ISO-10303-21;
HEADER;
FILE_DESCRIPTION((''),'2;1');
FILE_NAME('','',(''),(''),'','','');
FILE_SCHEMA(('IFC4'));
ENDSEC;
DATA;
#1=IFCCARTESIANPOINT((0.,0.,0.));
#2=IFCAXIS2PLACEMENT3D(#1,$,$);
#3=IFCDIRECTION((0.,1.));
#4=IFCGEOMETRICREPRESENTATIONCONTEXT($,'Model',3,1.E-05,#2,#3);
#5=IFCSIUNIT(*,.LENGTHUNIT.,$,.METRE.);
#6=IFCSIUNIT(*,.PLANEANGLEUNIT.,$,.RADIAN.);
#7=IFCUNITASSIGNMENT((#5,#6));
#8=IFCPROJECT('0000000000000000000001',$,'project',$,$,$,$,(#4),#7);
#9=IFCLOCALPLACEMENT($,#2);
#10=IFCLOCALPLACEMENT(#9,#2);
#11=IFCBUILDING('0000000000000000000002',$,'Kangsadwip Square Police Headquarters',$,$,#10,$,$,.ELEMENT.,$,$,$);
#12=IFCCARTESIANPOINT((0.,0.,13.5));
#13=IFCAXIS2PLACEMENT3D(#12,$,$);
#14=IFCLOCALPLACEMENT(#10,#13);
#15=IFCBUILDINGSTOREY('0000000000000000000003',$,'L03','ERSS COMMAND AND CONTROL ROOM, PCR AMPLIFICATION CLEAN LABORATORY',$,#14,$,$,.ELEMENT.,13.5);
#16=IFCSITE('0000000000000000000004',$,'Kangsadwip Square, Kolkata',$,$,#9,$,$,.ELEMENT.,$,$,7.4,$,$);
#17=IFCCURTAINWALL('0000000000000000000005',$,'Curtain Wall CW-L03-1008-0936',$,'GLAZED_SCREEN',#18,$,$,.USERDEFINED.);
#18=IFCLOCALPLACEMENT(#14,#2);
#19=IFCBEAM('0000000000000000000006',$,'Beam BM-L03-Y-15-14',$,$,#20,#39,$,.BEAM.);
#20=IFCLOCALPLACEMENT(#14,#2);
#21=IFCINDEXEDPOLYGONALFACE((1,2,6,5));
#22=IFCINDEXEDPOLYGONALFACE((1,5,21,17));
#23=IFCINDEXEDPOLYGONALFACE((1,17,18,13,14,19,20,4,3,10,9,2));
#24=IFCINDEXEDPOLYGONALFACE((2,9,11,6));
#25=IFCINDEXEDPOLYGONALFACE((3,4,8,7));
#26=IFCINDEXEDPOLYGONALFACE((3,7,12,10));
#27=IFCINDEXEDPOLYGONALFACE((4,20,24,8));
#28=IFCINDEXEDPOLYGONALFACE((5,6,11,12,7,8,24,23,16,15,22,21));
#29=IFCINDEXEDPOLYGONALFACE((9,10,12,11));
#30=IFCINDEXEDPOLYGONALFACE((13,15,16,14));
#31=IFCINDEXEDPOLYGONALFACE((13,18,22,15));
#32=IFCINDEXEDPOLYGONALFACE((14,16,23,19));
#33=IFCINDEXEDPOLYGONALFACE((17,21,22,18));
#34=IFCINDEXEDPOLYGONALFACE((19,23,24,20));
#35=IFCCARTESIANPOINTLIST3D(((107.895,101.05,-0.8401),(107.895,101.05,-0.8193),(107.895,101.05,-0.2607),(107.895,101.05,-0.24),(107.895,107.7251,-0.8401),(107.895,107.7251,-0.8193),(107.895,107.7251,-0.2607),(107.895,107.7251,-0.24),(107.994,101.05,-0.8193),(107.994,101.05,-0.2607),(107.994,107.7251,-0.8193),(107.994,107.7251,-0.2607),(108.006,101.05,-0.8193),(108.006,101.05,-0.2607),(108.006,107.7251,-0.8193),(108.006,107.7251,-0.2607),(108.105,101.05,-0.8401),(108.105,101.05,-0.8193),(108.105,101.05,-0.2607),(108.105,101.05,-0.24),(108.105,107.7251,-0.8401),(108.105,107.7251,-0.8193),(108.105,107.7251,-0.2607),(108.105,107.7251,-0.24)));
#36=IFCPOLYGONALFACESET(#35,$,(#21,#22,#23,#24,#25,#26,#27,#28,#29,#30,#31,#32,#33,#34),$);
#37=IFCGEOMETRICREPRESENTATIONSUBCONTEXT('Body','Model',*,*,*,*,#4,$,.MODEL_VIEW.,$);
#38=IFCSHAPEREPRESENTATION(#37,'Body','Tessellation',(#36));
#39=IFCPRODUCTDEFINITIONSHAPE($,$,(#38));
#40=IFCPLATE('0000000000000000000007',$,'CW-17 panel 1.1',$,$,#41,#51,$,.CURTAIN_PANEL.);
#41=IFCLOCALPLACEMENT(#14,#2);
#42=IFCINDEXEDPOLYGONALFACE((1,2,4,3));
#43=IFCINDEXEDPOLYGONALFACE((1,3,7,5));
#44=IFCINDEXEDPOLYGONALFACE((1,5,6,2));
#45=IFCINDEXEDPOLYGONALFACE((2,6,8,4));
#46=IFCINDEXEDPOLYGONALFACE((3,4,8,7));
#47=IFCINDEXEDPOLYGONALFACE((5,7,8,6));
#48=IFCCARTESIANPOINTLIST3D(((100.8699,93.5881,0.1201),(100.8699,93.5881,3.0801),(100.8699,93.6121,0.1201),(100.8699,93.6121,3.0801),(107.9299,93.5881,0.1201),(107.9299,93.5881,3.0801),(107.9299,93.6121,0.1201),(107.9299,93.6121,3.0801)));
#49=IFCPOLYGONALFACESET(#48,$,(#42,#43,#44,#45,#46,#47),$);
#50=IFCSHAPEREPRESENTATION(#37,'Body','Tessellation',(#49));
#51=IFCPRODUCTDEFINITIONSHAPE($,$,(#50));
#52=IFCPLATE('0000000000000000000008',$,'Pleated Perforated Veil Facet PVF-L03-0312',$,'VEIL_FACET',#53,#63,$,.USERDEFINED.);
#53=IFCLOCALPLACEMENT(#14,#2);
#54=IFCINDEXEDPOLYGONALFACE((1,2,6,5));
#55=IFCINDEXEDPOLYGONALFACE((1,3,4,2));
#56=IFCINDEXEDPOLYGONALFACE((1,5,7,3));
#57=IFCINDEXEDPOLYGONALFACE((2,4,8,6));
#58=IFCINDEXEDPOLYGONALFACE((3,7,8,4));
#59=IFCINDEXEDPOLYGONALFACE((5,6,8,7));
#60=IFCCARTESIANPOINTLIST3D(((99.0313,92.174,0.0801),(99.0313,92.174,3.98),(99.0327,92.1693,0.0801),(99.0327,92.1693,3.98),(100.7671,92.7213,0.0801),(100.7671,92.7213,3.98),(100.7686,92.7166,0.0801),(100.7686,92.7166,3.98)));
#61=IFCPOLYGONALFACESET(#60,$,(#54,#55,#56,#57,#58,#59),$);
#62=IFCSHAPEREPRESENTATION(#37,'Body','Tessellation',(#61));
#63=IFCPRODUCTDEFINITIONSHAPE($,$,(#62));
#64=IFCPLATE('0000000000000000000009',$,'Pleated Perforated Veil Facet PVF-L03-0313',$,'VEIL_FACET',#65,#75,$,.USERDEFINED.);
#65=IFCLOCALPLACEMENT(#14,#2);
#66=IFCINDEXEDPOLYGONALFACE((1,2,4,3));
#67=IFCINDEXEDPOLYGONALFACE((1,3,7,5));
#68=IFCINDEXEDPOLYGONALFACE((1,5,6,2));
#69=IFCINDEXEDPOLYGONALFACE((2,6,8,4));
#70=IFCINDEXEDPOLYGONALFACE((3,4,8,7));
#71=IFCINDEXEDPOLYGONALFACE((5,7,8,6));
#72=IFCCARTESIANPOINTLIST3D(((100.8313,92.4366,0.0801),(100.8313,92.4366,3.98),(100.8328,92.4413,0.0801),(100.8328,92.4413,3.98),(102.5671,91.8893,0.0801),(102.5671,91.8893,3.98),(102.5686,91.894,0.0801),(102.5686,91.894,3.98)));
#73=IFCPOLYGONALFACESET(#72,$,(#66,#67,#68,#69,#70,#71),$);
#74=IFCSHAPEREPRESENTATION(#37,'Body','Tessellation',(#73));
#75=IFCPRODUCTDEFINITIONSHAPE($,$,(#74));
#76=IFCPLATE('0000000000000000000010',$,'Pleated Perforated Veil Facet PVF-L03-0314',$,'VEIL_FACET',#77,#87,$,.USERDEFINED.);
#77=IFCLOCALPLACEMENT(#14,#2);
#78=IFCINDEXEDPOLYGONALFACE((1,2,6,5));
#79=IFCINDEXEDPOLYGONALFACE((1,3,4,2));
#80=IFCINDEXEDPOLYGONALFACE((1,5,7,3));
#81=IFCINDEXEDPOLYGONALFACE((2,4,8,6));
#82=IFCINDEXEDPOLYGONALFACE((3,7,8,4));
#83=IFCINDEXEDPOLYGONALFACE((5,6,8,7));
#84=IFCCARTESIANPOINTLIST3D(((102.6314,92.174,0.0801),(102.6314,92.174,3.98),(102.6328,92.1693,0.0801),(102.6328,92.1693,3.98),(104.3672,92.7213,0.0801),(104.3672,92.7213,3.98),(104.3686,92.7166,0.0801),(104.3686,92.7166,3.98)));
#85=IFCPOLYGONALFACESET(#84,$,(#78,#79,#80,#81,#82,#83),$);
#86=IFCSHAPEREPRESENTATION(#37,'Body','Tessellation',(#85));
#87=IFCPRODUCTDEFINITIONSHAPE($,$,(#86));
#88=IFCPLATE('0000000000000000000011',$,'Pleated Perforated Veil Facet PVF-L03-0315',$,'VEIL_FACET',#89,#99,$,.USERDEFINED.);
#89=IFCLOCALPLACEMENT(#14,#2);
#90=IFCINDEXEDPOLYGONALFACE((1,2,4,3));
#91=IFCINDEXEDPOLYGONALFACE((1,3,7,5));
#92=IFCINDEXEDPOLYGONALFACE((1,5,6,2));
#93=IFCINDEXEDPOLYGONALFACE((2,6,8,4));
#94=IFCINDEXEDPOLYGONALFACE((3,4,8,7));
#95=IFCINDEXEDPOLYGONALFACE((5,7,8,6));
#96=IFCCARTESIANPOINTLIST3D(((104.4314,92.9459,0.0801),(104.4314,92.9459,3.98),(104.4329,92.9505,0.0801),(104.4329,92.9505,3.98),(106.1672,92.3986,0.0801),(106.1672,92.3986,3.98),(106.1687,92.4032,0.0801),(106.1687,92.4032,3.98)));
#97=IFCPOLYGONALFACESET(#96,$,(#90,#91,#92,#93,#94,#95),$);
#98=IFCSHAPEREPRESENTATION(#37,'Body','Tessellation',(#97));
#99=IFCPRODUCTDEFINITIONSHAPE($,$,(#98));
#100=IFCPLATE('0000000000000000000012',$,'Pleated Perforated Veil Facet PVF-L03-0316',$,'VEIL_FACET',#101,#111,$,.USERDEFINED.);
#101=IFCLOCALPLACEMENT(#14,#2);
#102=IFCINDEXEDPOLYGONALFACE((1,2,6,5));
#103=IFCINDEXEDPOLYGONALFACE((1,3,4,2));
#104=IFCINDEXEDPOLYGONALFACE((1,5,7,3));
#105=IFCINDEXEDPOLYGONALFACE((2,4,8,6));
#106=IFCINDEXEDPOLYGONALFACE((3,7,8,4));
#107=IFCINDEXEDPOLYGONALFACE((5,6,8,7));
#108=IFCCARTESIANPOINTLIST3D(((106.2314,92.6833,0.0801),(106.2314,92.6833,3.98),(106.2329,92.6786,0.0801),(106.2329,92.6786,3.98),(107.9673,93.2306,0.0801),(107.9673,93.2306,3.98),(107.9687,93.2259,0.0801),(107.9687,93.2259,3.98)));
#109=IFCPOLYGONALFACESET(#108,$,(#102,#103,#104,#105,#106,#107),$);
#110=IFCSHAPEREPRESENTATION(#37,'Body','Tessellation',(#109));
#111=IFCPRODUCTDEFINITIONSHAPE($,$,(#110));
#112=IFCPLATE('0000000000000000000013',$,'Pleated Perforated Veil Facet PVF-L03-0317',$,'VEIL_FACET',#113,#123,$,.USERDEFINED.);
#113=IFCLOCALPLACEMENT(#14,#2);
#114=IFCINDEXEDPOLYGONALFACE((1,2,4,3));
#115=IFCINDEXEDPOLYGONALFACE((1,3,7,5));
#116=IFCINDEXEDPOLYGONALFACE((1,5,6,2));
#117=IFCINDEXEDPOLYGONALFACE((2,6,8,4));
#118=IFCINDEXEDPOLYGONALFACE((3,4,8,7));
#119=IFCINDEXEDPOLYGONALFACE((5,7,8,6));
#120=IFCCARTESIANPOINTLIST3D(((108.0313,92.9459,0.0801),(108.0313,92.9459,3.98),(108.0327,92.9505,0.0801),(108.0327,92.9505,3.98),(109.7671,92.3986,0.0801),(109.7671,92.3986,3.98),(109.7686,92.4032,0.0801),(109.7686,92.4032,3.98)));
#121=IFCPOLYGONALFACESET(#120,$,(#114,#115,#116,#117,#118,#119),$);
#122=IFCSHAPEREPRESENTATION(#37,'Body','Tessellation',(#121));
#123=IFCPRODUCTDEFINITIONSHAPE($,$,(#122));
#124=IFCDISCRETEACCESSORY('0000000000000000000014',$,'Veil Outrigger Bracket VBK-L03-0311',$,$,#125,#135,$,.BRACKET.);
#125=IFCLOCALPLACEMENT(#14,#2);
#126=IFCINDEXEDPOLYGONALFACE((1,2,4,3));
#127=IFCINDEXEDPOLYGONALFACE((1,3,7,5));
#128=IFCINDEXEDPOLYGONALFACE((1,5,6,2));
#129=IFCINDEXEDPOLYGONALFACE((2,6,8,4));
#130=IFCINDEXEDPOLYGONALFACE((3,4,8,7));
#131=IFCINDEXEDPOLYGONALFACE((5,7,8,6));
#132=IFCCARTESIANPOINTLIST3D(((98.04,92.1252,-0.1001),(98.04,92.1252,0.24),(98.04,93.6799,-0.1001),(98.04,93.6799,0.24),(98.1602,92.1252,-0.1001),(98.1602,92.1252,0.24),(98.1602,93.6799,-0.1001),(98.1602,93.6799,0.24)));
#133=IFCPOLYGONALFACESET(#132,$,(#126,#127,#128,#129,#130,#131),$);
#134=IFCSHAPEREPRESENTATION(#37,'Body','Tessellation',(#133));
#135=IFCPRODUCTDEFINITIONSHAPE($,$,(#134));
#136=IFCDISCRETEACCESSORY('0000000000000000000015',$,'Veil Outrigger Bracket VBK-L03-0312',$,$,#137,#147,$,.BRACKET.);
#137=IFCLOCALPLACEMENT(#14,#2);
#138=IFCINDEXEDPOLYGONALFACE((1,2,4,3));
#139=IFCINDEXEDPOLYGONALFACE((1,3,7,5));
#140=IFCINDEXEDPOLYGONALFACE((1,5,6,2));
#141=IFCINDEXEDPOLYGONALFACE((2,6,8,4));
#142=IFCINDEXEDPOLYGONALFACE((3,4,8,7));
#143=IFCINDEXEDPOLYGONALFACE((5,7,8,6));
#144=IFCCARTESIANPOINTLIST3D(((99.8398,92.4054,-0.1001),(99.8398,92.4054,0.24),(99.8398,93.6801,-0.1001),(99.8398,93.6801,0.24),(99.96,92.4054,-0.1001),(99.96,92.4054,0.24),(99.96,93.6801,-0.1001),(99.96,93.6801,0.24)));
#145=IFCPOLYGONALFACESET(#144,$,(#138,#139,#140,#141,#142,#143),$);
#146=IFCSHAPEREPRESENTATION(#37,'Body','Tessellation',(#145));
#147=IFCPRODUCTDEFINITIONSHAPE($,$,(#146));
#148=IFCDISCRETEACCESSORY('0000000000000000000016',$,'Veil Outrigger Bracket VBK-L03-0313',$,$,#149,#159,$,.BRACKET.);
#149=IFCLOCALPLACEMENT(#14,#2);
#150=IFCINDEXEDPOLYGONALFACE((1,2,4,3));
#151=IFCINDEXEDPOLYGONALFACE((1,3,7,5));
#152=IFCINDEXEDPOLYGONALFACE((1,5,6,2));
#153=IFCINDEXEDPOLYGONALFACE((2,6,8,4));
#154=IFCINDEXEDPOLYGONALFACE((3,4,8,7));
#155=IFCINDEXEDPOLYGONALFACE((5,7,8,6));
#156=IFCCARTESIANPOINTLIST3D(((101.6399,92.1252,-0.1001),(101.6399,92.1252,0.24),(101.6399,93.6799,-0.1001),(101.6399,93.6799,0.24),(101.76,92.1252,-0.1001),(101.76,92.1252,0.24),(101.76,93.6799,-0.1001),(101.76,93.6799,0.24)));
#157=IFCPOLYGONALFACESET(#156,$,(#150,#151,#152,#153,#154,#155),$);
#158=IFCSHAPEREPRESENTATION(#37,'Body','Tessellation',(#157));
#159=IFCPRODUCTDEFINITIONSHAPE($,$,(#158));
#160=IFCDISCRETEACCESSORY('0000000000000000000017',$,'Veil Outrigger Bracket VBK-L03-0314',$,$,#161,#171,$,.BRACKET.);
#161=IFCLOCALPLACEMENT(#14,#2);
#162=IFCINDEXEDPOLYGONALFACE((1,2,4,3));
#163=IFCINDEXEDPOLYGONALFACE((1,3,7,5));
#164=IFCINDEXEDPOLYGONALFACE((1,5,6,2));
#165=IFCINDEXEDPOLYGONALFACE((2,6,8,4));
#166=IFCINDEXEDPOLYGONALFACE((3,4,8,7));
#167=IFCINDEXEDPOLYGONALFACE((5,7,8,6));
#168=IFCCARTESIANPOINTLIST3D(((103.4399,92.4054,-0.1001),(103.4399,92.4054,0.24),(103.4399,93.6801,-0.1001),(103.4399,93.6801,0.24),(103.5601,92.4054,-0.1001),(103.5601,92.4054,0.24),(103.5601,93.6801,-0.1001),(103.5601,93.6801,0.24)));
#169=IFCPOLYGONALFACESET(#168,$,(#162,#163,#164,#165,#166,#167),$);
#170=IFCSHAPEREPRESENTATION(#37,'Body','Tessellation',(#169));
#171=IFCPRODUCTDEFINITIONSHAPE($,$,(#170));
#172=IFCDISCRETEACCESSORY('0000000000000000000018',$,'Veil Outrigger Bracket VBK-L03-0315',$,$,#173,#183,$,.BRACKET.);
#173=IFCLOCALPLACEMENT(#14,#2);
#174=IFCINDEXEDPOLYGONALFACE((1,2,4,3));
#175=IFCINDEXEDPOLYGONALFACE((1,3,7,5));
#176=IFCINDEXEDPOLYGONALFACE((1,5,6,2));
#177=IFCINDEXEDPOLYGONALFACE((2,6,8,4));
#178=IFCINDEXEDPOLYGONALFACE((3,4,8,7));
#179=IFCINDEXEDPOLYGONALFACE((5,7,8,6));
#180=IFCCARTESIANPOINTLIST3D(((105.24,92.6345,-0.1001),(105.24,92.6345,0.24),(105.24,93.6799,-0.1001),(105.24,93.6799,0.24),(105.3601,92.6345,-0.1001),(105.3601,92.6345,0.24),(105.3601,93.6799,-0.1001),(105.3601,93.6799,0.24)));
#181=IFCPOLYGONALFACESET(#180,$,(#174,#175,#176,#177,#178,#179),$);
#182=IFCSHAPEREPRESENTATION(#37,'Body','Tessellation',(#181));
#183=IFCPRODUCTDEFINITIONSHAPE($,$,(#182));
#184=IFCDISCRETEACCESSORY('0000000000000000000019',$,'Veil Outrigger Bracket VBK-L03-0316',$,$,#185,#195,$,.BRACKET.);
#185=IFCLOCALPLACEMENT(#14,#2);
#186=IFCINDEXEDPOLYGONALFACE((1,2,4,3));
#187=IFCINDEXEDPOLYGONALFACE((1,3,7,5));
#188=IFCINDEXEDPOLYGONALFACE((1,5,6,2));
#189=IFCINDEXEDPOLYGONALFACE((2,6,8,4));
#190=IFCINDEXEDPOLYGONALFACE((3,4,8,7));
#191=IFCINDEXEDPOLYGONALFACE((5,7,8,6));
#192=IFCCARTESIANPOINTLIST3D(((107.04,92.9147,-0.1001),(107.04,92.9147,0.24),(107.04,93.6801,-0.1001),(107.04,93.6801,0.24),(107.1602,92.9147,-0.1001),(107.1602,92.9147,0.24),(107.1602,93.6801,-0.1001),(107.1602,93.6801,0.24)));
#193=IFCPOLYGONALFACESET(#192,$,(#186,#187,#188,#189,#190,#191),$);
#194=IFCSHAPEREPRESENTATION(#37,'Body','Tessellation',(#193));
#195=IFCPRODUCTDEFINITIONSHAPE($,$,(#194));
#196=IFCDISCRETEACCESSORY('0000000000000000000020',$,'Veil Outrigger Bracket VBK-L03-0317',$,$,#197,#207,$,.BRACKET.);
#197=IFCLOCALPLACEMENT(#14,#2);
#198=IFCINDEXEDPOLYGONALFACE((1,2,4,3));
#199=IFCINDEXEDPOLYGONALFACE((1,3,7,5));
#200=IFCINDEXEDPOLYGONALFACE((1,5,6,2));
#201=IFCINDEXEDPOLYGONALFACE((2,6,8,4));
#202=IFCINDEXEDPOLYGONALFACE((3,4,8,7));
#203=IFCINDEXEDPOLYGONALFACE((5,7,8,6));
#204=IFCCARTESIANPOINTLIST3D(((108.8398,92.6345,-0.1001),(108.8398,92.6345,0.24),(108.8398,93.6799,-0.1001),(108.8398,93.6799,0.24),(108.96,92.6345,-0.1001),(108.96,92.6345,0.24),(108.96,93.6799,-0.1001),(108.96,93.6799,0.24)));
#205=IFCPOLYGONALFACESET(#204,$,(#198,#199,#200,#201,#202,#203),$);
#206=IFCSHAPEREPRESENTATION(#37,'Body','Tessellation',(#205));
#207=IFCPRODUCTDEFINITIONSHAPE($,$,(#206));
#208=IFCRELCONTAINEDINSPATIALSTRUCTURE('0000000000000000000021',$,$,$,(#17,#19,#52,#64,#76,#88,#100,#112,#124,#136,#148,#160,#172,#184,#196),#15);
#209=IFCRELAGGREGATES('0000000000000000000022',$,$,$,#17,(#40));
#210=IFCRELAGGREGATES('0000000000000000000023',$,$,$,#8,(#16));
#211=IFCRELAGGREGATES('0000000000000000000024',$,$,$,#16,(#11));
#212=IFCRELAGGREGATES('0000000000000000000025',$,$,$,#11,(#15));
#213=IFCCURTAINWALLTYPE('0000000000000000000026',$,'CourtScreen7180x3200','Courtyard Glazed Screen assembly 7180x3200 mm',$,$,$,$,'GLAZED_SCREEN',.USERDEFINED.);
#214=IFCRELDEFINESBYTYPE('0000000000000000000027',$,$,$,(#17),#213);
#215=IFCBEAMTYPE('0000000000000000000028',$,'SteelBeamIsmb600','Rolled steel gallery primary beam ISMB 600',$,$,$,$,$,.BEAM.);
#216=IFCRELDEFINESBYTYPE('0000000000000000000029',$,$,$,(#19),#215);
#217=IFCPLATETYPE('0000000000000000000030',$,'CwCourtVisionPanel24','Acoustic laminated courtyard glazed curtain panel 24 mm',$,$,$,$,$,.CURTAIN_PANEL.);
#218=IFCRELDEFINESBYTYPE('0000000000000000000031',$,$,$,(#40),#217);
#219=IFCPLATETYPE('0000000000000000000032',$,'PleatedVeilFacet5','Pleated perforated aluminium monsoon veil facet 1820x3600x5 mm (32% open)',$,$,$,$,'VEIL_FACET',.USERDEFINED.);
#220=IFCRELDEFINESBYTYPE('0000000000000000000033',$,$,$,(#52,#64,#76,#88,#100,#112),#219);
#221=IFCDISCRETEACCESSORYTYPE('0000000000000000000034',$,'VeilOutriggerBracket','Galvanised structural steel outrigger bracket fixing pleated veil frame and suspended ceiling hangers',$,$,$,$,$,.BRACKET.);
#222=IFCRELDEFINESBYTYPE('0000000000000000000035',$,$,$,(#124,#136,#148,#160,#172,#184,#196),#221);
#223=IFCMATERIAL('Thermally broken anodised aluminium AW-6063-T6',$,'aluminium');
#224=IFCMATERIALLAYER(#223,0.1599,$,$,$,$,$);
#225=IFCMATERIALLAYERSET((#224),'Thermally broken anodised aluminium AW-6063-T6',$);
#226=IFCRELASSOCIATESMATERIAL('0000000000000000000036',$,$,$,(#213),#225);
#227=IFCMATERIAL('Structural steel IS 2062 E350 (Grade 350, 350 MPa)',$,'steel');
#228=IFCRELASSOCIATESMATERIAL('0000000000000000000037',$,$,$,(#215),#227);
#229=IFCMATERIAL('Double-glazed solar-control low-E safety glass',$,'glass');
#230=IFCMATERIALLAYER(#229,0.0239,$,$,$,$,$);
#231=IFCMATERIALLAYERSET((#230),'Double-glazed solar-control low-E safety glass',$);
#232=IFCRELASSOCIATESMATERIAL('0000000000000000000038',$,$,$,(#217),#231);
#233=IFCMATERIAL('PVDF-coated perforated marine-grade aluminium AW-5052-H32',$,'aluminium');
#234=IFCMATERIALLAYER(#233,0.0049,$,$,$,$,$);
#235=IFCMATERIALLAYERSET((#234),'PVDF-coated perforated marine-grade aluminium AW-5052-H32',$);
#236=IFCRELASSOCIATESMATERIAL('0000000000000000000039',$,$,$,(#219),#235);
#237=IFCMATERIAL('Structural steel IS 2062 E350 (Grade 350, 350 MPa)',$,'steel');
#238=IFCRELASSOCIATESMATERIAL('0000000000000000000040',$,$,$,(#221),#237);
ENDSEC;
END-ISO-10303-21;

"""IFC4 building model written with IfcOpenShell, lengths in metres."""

from ifc_helpers import new_model, si_unit, direction, frame, origin, origin_2d, place, context, subcontext, project, spatial, rectangle, i_section, extrude, material, layer, layer_set, material_profile, profile_set, type_object, element, aggregate, save


model = new_model("IFC4")

# Units and contexts
model_context = context("Model", 3, precision=1e-05, world=origin(), true_north=direction((0.0, 1.0)))
body_context = subcontext(model_context, "Body", "Model", "MODEL_VIEW")
ifc_project = project(units=[si_unit("LENGTHUNIT", "METRE"), si_unit("PLANEANGLEUNIT", "RADIAN")], contexts=[model_context])

# Site, building, storey
site_placement = place(None, origin())
site = spatial("IfcSite", under=ifc_project, at=site_placement, Name="Kangsadwip Square, Kolkata", CompositionType="ELEMENT", RefElevation=7.4)
building_placement = place(site_placement, origin())
building = spatial("IfcBuilding", under=site, at=building_placement, Name="Kangsadwip Square Police Headquarters", CompositionType="ELEMENT")
storey_placement = place(building_placement, frame((0.0, 0.0, 13.5)))
storey = spatial("IfcBuildingStorey", under=building, at=storey_placement, Name="L03", Description="ERSS COMMAND AND CONTROL ROOM, PCR AMPLIFICATION CLEAN LABORATORY", CompositionType="ELEMENT", Elevation=13.5)

# Shared definitions
ifc_material_1 = material(Name="Thermally broken anodised aluminium AW-6063-T6", Category="aluminium")
ifc_layer_1 = layer(ifc_material_1, 0.1599)
ifc_layer_set_1 = layer_set([ifc_layer_1], Name="Thermally broken anodised aluminium AW-6063-T6")
curtain_wall_type = type_object("IfcCurtainWallType", Name="CourtScreen7180x3200", Description="Courtyard Glazed Screen assembly 7180x3200 mm", ElementType="GLAZED_SCREEN", PredefinedType="USERDEFINED", material=ifc_layer_set_1)

# Curtain wall
curtain_wall_1_placement = place(storey_placement, origin())
curtain_wall_1 = element("IfcCurtainWall", 1, at=curtain_wall_1_placement, inside=storey, type_object=curtain_wall_type, Name="Curtain Wall CW-L03-1008-0936", ObjectType="GLAZED_SCREEN", PredefinedType="USERDEFINED")

# Beam
ifc_material_2 = material(Name="Structural steel IS 2062 E350 (Grade 350, 350 MPa)", Category="steel")
ifc_material_profile_1 = material_profile(ifc_material_2, i_section(OverallWidth=0.21, OverallDepth=0.6001, WebThickness=0.012, FlangeThickness=0.0208, at=origin_2d()), Name="ISMB 600")
ifc_profile_set_1 = profile_set([ifc_material_profile_1], Name="Structural steel IS 2062 E350 (Grade 350, 350 MPa)")
beam_type_1 = type_object("IfcBeamType", Name="SteelBeamIsmb600", Description="Rolled steel gallery primary beam ISMB 600", PredefinedType="BEAM", material=ifc_profile_set_1)
beam_1_placement = place(storey_placement, frame((108.0, 101.05, -0.54), z_axis=(0.0, 1.0, 0.0), x_axis=(-1.0, 0.0, 0.0)))
element("IfcBeam", 2, at=beam_1_placement, inside=storey, type_object=beam_type_1, Name="Beam BM-L03-Y-15-14", PredefinedType="BEAM", context=body_context, shape_type="SweptSolid", body=[
    extrude(i_section(OverallWidth=0.21, OverallDepth=0.6001, WebThickness=0.012, FlangeThickness=0.0208, at=origin_2d()), origin(), (0.0, 0.0, 1.0), 6.675),
])

# Plate
ifc_material_3 = material(Name="Double-glazed solar-control low-E safety glass", Category="glass")
ifc_layer_2 = layer(ifc_material_3, 0.0239)
ifc_layer_set_2 = layer_set([ifc_layer_2], Name="Double-glazed solar-control low-E safety glass")
plate_type_1 = type_object("IfcPlateType", Name="CwCourtVisionPanel24", Description="Acoustic laminated courtyard glazed curtain panel 24 mm", PredefinedType="CURTAIN_PANEL", material=ifc_layer_set_2)
plate_placement = place(storey_placement, frame((104.3999, 93.6001, 0.1201), z_axis=(0.0, 0.0, 1.0), x_axis=(1.0, 0.0, 0.0)))
plate = element("IfcPlate", 3, at=plate_placement, type_object=plate_type_1, Name="CW-17 panel 1.1", PredefinedType="CURTAIN_PANEL", context=body_context, shape_type="SweptSolid", body=[
    extrude(rectangle(XDim=7.0601, YDim=0.0239, at=origin_2d()), origin(), (0.0, 0.0, 1.0), 2.96),
])
aggregate(curtain_wall_1, [plate])

# Plates
ifc_material_4 = material(Name="PVDF-coated perforated marine-grade aluminium AW-5052-H32", Category="aluminium")
ifc_layer_3 = layer(ifc_material_4, 0.0049)
ifc_layer_set_3 = layer_set([ifc_layer_3], Name="PVDF-coated perforated marine-grade aluminium AW-5052-H32")
plate_type_2 = type_object("IfcPlateType", Name="PleatedVeilFacet5", Description="Pleated perforated aluminium monsoon veil facet 1820x3600x5 mm (32% open)", ElementType="VEIL_FACET", PredefinedType="USERDEFINED", material=ifc_layer_set_3)
for number, where, z_axis, x_axis, name in (
    (4, (99.8999, 92.4453, 0.0801), (0.0, 0.0, 1.0), (0.953717, 0.300706, 0.0), "Pleated Perforated Veil Facet PVF-L03-0312"),
    (5, (101.7, 92.1653, 0.0801), (0.0, 0.0, 1.0), (0.953717, -0.300706, 0.0), "Pleated Perforated Veil Facet PVF-L03-0313"),
    (6, (103.5, 92.4453, 0.0801), (0.0, 0.0, 1.0), (0.953717, 0.300706, 0.0), "Pleated Perforated Veil Facet PVF-L03-0314"),
    (7, (105.3, 92.6746, 0.0801), (0.0, 0.0, 1.0), (0.953717, -0.300706, 0.0), "Pleated Perforated Veil Facet PVF-L03-0315"),
    (8, (107.1001, 92.9546, 0.0801), (0.0, 0.0, 1.0), (0.953717, 0.300706, 0.0), "Pleated Perforated Veil Facet PVF-L03-0316"),
    (9, (108.8999, 92.6746, 0.0801), (0.0, 0.0, 1.0), (0.953717, -0.300706, 0.0), "Pleated Perforated Veil Facet PVF-L03-0317"),
):
    element("IfcPlate", number, at=place(storey_placement, frame(where, z_axis=z_axis, x_axis=x_axis)), inside=storey, type_object=plate_type_2, Name=name, ObjectType="VEIL_FACET", PredefinedType="USERDEFINED", context=body_context, shape_type="SweptSolid", body=[
        extrude(rectangle(XDim=1.8201, YDim=0.0049, at=origin_2d()), origin(), (0.0, 0.0, 1.0), 3.8999),
    ])

# Discrete accessories
ifc_material_5 = material(Name="Structural steel IS 2062 E350 (Grade 350, 350 MPa)", Category="steel")
discrete_accessory_type = type_object("IfcDiscreteAccessoryType", Name="VeilOutriggerBracket", Description="Galvanised structural steel outrigger bracket fixing pleated veil frame and suspended ceiling hangers", PredefinedType="BRACKET", material=ifc_material_5)
discrete_accessory_1_placement = place(storey_placement, frame((98.1001, 92.9026, -0.1001), z_axis=(0.0, 0.0, 1.0), x_axis=(1.0, 0.0, 0.0)))
element("IfcDiscreteAccessory", 10, at=discrete_accessory_1_placement, inside=storey, type_object=discrete_accessory_type, Name="Veil Outrigger Bracket VBK-L03-0311", PredefinedType="BRACKET", context=body_context, shape_type="SweptSolid", body=[
    extrude(rectangle(XDim=0.1201, YDim=1.5547, at=origin_2d()), origin(), (0.0, 0.0, 1.0), 0.3401),
])
discrete_accessory_2_placement = place(storey_placement, frame((99.8999, 93.0427, -0.1001), z_axis=(0.0, 0.0, 1.0), x_axis=(1.0, 0.0, 0.0)))
element("IfcDiscreteAccessory", 11, at=discrete_accessory_2_placement, inside=storey, type_object=discrete_accessory_type, Name="Veil Outrigger Bracket VBK-L03-0312", PredefinedType="BRACKET", context=body_context, shape_type="SweptSolid", body=[
    extrude(rectangle(XDim=0.1201, YDim=1.2747, at=origin_2d()), origin(), (0.0, 0.0, 1.0), 0.3401),
])
discrete_accessory_3_placement = place(storey_placement, frame((101.7, 92.9026, -0.1001), z_axis=(0.0, 0.0, 1.0), x_axis=(1.0, 0.0, 0.0)))
element("IfcDiscreteAccessory", 12, at=discrete_accessory_3_placement, inside=storey, type_object=discrete_accessory_type, Name="Veil Outrigger Bracket VBK-L03-0313", PredefinedType="BRACKET", context=body_context, shape_type="SweptSolid", body=[
    extrude(rectangle(XDim=0.1201, YDim=1.5547, at=origin_2d()), origin(), (0.0, 0.0, 1.0), 0.3401),
])
discrete_accessory_4_placement = place(storey_placement, frame((103.5, 93.0427, -0.1001), z_axis=(0.0, 0.0, 1.0), x_axis=(1.0, 0.0, 0.0)))
element("IfcDiscreteAccessory", 13, at=discrete_accessory_4_placement, inside=storey, type_object=discrete_accessory_type, Name="Veil Outrigger Bracket VBK-L03-0314", PredefinedType="BRACKET", context=body_context, shape_type="SweptSolid", body=[
    extrude(rectangle(XDim=0.1201, YDim=1.2747, at=origin_2d()), origin(), (0.0, 0.0, 1.0), 0.3401),
])
discrete_accessory_5_placement = place(storey_placement, frame((105.3, 93.1572, -0.1001), z_axis=(0.0, 0.0, 1.0), x_axis=(1.0, 0.0, 0.0)))
element("IfcDiscreteAccessory", 14, at=discrete_accessory_5_placement, inside=storey, type_object=discrete_accessory_type, Name="Veil Outrigger Bracket VBK-L03-0315", PredefinedType="BRACKET", context=body_context, shape_type="SweptSolid", body=[
    extrude(rectangle(XDim=0.1201, YDim=1.0454, at=origin_2d()), origin(), (0.0, 0.0, 1.0), 0.3401),
])
discrete_accessory_6_placement = place(storey_placement, frame((107.1001, 93.2974, -0.1001), z_axis=(0.0, 0.0, 1.0), x_axis=(1.0, 0.0, 0.0)))
element("IfcDiscreteAccessory", 15, at=discrete_accessory_6_placement, inside=storey, type_object=discrete_accessory_type, Name="Veil Outrigger Bracket VBK-L03-0316", PredefinedType="BRACKET", context=body_context, shape_type="SweptSolid", body=[
    extrude(rectangle(XDim=0.1201, YDim=0.7654, at=origin_2d()), origin(), (0.0, 0.0, 1.0), 0.3401),
])
discrete_accessory_7_placement = place(storey_placement, frame((108.8999, 93.1572, -0.1001), z_axis=(0.0, 0.0, 1.0), x_axis=(1.0, 0.0, 0.0)))
element("IfcDiscreteAccessory", 16, at=discrete_accessory_7_placement, inside=storey, type_object=discrete_accessory_type, Name="Veil Outrigger Bracket VBK-L03-0317", PredefinedType="BRACKET", context=body_context, shape_type="SweptSolid", body=[
    extrude(rectangle(XDim=0.1201, YDim=1.0454, at=origin_2d()), origin(), (0.0, 0.0, 1.0), 0.3401),
])

save(model, "model.ifc")
